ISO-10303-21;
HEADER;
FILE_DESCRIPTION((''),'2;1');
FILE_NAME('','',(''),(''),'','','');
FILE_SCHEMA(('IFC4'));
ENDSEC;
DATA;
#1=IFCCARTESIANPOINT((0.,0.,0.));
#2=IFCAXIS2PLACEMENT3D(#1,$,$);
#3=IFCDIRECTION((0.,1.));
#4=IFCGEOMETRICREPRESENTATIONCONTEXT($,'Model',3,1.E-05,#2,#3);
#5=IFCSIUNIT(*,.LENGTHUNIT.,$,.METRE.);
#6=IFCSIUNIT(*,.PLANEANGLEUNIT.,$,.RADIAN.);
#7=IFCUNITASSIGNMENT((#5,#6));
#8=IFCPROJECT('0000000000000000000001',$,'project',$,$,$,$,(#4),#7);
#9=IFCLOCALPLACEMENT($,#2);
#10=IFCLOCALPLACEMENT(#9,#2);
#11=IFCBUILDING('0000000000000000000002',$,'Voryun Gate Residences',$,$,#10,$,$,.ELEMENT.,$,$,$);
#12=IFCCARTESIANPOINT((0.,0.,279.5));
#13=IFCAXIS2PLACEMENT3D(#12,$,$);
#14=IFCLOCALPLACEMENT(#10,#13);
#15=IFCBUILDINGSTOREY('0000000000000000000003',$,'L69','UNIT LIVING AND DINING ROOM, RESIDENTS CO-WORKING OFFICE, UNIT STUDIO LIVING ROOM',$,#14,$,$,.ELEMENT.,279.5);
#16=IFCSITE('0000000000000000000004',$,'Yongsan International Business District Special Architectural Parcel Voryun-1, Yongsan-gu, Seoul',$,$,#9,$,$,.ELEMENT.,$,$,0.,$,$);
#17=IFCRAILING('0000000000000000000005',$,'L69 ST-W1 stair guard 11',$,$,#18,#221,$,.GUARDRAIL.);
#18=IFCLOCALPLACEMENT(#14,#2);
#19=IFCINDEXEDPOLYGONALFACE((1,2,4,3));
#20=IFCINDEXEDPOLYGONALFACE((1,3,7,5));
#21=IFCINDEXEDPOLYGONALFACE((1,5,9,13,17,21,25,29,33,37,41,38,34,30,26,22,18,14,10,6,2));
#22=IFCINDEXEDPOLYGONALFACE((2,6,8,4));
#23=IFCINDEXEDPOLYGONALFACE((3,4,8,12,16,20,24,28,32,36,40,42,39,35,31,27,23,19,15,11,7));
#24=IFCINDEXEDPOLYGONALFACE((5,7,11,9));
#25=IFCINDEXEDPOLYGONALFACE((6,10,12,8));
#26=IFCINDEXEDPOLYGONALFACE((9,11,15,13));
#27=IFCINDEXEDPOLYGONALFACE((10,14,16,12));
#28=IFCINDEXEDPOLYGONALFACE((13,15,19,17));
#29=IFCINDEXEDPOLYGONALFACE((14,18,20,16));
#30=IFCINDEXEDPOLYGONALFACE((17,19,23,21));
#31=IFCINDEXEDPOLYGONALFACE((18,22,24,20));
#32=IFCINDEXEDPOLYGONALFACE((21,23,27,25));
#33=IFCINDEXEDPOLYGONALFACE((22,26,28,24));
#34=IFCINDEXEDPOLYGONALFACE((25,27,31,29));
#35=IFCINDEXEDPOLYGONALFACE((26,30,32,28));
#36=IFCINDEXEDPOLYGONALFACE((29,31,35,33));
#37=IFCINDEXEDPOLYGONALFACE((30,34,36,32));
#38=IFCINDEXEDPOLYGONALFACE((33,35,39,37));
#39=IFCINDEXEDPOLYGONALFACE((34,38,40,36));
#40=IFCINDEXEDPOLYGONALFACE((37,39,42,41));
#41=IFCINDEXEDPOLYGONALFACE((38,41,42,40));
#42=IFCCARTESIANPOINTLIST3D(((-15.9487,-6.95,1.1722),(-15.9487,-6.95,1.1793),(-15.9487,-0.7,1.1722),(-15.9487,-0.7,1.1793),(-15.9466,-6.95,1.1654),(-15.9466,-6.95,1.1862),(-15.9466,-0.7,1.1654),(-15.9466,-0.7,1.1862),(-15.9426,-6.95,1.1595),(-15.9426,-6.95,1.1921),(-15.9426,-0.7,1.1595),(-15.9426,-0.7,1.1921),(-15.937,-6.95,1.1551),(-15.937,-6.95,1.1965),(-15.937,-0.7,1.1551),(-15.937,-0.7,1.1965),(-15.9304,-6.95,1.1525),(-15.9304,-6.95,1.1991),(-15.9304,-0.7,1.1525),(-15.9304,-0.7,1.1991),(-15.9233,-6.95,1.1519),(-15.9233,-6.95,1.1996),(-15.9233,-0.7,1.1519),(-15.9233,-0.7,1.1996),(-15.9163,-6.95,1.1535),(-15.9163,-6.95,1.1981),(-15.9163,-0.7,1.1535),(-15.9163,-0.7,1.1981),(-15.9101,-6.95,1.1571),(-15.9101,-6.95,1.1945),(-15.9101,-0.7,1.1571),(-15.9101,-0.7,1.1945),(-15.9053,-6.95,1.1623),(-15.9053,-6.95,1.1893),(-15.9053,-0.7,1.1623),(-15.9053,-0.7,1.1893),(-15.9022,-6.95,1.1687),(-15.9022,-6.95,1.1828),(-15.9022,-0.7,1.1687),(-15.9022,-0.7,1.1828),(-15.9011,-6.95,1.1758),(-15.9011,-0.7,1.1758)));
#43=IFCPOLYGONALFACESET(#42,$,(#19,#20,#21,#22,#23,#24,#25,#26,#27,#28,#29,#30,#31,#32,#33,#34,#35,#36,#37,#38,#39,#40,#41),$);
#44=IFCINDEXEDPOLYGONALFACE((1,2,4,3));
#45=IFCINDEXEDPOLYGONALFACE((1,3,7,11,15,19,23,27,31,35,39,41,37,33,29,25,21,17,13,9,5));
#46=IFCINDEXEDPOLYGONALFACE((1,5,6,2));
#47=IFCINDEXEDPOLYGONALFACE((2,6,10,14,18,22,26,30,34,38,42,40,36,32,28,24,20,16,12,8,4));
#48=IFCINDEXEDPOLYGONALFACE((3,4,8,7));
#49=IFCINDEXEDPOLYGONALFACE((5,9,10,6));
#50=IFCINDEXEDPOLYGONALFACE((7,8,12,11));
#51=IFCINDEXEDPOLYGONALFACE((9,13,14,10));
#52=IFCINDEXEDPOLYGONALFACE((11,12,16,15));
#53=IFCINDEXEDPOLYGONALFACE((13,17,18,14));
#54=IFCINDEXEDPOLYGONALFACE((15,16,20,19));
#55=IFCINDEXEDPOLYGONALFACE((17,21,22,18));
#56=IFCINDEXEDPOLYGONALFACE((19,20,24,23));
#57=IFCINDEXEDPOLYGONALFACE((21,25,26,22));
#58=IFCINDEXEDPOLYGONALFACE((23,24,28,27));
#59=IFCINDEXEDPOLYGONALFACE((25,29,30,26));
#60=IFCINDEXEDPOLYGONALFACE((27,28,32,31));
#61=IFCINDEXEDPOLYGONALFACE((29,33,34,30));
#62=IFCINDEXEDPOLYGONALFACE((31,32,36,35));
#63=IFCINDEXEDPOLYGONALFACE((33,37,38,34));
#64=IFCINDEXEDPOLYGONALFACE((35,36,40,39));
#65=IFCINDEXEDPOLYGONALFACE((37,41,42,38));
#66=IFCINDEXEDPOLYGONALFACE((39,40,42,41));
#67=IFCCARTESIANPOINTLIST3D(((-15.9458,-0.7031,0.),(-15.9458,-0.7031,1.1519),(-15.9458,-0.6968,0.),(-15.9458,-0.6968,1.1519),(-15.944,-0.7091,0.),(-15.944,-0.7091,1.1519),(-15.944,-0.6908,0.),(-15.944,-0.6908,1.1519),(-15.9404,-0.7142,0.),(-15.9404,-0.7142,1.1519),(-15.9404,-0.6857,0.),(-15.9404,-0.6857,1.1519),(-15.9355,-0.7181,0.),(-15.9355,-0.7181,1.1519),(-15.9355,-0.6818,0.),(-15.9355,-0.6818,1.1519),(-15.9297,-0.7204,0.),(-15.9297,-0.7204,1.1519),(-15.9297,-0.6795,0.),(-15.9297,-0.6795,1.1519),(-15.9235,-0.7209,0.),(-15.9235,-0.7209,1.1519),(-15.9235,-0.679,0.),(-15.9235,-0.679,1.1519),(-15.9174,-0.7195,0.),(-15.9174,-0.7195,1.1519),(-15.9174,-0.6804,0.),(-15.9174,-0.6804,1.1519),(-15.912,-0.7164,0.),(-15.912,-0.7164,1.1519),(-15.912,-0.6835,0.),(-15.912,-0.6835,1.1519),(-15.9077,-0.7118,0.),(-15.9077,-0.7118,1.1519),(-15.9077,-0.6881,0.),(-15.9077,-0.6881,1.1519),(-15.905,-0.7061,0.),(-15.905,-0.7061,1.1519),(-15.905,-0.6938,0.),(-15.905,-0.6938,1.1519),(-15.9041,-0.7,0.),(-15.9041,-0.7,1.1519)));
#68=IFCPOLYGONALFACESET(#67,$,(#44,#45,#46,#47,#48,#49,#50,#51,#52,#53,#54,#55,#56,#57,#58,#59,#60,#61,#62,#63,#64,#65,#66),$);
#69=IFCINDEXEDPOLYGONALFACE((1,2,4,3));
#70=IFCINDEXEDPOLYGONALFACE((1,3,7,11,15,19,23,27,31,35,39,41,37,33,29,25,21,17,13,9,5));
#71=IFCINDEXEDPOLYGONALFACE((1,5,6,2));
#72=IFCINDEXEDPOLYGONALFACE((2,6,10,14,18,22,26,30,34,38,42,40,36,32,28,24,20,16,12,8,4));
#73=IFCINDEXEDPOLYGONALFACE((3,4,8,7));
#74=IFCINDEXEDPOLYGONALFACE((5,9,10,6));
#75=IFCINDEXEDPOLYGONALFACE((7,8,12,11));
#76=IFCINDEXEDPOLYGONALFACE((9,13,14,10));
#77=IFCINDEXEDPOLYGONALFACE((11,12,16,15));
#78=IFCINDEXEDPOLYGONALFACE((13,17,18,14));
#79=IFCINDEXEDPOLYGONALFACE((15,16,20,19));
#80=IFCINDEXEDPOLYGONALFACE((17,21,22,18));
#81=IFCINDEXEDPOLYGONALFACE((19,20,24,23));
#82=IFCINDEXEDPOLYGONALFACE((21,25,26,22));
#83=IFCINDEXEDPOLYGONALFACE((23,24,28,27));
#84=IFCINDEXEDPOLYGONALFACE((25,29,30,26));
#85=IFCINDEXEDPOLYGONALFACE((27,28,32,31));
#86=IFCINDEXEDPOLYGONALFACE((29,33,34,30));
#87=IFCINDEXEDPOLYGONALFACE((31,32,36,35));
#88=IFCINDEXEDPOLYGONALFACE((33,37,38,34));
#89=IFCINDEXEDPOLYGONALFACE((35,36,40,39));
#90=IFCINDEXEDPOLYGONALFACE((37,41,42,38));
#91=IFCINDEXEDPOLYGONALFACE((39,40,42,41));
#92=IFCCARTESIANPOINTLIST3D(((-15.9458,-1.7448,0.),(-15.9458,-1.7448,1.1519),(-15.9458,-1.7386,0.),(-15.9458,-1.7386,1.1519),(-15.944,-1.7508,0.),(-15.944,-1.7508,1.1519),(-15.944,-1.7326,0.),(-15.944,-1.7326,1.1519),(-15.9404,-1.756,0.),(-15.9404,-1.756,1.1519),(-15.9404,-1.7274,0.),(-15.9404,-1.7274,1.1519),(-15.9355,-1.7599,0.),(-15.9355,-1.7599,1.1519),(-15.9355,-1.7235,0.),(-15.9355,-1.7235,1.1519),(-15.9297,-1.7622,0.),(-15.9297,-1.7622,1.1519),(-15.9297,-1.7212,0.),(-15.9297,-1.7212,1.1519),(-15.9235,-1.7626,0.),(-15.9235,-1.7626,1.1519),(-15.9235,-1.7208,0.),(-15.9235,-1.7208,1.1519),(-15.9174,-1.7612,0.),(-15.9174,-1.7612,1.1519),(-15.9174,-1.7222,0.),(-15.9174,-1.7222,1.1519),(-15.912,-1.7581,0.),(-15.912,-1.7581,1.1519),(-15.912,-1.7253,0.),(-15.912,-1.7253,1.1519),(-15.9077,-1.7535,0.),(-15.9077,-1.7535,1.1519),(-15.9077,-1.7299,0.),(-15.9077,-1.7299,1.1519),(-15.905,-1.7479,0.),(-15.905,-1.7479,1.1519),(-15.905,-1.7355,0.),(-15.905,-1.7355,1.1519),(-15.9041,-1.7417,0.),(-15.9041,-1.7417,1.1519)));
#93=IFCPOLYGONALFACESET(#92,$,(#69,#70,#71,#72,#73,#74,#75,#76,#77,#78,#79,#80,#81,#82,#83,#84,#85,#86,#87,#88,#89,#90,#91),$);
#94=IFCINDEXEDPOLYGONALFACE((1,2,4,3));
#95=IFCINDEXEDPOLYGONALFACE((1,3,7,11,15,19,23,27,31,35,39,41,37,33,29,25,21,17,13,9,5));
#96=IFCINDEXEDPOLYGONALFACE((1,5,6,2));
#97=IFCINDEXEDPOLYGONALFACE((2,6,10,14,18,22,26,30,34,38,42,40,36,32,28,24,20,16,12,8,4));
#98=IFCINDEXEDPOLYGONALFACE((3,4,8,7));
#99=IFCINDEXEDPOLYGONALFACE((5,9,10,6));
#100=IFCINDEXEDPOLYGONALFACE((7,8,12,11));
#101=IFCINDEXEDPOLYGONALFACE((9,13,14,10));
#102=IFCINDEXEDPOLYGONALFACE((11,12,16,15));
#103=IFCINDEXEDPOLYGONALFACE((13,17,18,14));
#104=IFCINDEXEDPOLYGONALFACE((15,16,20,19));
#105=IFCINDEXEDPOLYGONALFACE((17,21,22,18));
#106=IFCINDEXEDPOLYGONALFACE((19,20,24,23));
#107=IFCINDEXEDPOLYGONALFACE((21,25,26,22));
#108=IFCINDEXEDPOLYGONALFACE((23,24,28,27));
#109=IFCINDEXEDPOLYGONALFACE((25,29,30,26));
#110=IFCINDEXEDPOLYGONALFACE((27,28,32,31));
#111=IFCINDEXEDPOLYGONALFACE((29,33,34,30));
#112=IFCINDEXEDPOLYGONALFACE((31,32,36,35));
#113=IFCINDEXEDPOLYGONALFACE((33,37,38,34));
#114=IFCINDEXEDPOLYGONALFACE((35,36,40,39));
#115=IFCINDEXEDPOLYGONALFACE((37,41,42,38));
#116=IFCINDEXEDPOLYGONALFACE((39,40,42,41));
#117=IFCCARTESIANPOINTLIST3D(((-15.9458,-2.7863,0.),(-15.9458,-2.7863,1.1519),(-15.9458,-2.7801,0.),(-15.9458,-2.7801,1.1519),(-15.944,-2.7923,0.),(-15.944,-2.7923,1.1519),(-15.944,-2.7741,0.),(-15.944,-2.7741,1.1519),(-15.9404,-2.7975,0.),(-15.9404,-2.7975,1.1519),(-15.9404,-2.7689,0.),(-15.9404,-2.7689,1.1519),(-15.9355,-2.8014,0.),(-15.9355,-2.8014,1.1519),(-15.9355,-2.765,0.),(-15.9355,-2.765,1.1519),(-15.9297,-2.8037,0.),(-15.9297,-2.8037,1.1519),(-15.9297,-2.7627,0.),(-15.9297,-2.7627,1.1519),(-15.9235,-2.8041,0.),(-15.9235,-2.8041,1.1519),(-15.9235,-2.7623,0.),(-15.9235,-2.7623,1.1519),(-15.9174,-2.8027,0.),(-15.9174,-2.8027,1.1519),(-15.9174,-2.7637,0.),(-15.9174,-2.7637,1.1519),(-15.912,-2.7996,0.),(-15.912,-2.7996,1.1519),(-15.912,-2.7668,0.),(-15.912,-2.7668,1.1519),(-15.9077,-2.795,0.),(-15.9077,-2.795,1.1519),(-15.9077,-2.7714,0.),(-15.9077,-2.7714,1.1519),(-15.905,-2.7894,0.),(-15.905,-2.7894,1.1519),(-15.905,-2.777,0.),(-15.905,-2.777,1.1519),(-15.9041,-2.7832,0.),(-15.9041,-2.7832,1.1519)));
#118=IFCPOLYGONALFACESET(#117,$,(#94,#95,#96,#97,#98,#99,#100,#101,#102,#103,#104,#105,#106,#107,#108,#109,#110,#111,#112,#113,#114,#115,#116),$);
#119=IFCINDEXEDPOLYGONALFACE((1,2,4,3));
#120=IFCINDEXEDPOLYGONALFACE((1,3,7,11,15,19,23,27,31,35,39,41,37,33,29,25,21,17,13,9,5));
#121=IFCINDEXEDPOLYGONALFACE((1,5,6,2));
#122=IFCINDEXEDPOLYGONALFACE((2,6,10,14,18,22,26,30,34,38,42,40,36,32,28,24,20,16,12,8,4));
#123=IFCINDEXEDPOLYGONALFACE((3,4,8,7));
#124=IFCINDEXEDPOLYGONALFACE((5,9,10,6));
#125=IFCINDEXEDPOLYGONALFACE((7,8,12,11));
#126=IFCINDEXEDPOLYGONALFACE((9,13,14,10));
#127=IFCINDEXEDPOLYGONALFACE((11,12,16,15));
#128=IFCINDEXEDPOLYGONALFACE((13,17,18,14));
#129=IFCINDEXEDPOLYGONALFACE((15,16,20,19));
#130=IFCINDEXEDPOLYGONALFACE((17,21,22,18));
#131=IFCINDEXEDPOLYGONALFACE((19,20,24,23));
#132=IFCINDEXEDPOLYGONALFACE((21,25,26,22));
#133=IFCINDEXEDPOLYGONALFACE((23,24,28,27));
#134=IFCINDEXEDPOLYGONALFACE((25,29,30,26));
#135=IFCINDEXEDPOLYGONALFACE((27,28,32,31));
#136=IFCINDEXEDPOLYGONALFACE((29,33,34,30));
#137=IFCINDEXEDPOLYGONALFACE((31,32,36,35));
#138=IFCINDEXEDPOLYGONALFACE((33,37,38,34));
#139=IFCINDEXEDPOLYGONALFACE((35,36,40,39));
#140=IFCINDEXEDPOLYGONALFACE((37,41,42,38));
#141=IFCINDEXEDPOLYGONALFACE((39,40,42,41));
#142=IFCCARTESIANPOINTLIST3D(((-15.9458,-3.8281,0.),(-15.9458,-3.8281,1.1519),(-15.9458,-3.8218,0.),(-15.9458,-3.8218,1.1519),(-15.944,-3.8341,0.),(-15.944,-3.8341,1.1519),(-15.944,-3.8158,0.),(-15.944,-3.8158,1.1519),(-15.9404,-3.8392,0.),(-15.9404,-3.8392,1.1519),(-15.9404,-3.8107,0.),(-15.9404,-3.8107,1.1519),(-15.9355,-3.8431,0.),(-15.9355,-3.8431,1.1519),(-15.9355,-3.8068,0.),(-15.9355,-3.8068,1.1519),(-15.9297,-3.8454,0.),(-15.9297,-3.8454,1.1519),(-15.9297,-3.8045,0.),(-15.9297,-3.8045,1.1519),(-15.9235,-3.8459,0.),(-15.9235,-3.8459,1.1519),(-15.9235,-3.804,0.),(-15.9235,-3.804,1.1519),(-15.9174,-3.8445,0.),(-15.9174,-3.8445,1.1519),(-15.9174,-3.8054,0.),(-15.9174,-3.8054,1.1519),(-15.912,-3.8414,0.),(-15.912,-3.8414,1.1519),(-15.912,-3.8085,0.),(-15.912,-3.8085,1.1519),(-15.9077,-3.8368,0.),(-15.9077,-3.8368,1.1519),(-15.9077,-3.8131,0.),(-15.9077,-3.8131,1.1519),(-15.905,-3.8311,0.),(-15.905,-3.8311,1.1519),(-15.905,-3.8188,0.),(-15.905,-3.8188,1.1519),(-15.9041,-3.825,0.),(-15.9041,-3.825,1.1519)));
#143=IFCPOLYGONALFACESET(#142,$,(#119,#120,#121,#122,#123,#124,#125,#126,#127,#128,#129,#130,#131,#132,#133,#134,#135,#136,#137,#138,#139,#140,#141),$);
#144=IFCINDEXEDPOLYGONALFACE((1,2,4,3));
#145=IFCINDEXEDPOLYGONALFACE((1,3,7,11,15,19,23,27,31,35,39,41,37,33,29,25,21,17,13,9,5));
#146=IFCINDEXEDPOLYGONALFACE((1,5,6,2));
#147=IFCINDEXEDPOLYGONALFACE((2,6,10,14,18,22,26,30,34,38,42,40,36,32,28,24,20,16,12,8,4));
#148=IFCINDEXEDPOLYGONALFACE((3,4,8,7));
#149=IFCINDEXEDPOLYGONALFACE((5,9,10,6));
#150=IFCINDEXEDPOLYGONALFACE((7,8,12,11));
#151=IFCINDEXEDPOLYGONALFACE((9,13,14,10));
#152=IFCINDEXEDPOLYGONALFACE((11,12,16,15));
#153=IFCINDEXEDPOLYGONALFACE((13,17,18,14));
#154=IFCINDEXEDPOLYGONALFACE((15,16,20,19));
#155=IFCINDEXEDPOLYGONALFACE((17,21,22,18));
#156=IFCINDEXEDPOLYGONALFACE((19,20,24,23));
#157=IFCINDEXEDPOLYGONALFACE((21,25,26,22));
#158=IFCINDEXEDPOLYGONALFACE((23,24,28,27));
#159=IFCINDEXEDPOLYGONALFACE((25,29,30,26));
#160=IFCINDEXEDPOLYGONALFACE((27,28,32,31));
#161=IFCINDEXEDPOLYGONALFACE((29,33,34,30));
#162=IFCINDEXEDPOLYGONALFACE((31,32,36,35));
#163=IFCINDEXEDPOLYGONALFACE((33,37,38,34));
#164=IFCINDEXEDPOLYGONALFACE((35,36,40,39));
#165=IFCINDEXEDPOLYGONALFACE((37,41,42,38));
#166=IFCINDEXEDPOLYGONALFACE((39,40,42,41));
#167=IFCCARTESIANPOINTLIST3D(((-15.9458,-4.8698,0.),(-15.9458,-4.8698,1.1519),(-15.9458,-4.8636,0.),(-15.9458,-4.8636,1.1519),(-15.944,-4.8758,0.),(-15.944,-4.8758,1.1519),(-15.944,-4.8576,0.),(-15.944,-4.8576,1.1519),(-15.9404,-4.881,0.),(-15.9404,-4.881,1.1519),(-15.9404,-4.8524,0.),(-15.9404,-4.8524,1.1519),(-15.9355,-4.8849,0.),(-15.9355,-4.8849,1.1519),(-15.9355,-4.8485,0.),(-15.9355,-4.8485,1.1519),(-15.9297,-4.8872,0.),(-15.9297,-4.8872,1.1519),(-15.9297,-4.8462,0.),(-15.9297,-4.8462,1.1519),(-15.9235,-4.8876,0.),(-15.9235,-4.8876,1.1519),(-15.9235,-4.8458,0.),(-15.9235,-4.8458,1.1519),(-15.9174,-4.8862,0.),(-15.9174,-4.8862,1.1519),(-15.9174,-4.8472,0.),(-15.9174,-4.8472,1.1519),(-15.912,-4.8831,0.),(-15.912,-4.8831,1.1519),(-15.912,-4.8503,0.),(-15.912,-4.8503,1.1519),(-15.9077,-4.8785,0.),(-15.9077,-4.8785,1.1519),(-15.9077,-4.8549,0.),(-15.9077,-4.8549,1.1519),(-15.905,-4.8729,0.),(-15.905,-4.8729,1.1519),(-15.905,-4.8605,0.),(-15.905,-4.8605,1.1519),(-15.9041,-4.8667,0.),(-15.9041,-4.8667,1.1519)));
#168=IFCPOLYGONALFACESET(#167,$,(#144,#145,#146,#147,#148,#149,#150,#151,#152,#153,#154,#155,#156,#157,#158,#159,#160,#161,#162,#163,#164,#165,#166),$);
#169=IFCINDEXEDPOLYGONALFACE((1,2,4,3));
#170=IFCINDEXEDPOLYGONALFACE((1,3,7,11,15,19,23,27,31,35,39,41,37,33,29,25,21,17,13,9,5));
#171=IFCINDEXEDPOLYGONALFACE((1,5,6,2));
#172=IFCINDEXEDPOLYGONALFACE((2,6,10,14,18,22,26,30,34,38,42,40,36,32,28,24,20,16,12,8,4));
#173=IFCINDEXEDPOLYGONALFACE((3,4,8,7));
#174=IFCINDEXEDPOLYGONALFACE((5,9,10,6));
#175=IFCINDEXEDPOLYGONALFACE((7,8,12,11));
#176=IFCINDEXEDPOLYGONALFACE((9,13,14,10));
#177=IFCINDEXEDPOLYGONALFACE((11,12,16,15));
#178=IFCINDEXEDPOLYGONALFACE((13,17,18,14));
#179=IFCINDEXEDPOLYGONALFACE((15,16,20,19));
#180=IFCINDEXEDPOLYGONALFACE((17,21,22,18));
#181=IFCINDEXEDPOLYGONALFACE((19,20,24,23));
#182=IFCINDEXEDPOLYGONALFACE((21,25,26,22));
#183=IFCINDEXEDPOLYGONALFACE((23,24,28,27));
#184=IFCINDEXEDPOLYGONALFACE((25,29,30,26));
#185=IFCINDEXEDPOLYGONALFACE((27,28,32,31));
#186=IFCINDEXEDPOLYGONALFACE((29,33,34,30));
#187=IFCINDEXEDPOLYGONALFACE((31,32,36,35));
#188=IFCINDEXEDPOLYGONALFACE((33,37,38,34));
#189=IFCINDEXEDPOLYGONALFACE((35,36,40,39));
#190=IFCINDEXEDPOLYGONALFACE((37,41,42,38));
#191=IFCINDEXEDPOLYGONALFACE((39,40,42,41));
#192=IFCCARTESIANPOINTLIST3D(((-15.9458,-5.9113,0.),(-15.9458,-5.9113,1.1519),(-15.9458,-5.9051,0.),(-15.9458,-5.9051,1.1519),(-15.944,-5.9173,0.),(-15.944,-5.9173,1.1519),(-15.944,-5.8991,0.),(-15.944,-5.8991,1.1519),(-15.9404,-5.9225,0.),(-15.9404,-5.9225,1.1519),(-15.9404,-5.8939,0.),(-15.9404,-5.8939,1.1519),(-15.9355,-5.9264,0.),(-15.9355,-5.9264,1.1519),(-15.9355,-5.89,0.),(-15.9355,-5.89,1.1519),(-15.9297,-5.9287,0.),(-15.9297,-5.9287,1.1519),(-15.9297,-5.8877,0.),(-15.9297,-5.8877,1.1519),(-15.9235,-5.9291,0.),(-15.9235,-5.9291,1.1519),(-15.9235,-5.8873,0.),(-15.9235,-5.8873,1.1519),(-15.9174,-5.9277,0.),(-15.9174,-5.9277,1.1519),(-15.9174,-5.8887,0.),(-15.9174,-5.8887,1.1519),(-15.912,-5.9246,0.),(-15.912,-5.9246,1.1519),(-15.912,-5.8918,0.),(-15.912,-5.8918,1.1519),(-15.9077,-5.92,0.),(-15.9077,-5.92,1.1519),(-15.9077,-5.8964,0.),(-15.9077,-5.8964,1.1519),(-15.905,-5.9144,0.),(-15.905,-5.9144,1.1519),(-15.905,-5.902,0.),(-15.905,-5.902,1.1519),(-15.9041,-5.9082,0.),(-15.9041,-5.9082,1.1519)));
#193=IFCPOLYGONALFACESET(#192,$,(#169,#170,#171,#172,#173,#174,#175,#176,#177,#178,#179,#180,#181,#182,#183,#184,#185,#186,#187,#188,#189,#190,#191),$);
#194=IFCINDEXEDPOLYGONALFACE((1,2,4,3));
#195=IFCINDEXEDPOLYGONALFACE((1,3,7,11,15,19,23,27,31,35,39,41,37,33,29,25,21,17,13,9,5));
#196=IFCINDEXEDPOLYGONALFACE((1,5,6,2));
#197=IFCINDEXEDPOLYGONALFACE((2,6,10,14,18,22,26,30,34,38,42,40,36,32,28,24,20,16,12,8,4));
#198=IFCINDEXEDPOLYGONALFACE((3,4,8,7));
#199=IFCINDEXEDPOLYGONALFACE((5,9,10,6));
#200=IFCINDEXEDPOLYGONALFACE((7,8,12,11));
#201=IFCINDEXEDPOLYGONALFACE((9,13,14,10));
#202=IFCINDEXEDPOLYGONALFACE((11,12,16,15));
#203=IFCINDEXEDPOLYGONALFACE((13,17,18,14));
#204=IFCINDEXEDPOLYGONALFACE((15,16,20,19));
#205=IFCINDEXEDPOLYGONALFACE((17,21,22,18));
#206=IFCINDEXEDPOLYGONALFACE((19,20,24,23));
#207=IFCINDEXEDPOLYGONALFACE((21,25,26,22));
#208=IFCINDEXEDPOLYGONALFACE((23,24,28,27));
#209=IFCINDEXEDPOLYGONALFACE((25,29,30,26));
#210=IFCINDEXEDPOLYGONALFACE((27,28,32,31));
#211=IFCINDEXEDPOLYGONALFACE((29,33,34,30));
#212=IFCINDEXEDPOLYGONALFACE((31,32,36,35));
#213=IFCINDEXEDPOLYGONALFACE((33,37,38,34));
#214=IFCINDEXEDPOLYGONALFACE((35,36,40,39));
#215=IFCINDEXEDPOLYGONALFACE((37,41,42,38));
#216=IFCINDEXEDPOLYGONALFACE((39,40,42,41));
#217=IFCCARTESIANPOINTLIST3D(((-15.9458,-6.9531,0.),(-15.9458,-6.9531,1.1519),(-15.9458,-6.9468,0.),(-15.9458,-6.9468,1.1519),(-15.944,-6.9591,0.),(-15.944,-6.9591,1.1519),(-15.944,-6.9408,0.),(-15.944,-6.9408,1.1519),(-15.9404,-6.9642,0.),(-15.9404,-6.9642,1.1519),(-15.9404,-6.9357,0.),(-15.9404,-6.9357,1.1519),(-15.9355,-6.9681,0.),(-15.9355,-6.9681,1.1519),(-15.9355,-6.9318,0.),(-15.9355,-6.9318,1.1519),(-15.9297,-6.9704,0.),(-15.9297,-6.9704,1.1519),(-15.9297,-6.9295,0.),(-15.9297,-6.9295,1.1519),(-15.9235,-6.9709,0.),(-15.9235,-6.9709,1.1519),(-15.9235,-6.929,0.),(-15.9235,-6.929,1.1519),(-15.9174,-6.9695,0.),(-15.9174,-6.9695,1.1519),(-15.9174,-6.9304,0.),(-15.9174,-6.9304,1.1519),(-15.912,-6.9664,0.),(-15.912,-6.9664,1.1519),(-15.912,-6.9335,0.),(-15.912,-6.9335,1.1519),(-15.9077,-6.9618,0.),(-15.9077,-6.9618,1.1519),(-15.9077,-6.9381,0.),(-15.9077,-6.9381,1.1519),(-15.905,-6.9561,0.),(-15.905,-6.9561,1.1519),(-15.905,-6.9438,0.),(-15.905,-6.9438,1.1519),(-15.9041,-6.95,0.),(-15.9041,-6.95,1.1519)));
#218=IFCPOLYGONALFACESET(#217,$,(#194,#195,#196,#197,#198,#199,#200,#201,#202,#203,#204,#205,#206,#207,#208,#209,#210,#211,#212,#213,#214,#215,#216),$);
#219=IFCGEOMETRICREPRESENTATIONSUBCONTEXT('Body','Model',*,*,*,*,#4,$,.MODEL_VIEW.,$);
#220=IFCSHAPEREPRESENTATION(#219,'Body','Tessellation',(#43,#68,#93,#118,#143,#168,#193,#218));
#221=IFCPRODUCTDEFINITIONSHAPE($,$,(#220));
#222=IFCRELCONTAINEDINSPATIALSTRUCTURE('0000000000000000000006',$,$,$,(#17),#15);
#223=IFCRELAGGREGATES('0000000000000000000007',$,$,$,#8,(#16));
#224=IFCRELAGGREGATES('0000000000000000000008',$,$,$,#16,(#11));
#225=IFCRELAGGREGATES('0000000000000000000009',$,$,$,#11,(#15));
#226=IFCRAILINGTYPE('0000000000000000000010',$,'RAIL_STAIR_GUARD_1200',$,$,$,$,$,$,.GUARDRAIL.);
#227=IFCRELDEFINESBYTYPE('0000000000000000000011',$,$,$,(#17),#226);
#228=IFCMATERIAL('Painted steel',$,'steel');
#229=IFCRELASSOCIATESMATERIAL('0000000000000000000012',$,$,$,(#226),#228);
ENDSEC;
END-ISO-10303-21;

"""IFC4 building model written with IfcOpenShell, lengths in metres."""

from ifc_helpers import new_model, si_unit, direction, frame, origin, origin_2d, place, context, subcontext, project, spatial, circle, extrude, material, type_object, element, save


model = new_model("IFC4")

# Units and contexts
model_context = context("Model", 3, precision=1e-05, world=origin(), true_north=direction((0.0, 1.0)))
body_context = subcontext(model_context, "Body", "Model", "MODEL_VIEW")
ifc_project = project(units=[si_unit("LENGTHUNIT", "METRE"), si_unit("PLANEANGLEUNIT", "RADIAN")], contexts=[model_context])

# Site, building, storey
site_placement = place(None, origin())
site = spatial("IfcSite", under=ifc_project, at=site_placement, Name="Yongsan International Business District Special Architectural Parcel Voryun-1, Yongsan-gu, Seoul", CompositionType="ELEMENT", RefElevation=0.0)
building_placement = place(site_placement, origin())
building = spatial("IfcBuilding", under=site, at=building_placement, Name="Voryun Gate Residences", CompositionType="ELEMENT")
storey_placement = place(building_placement, frame((0.0, 0.0, 279.5)))
storey = spatial("IfcBuildingStorey", under=building, at=storey_placement, Name="L69", Description="UNIT LIVING AND DINING ROOM, RESIDENTS CO-WORKING OFFICE, UNIT STUDIO LIVING ROOM", CompositionType="ELEMENT", Elevation=279.5)

# Railing
ifc_material_1 = material(Name="Painted steel", Category="steel")
railing_type = type_object("IfcRailingType", Name="RAIL_STAIR_GUARD_1200", PredefinedType="GUARDRAIL", material=ifc_material_1)
railing_1_placement = place(storey_placement, frame((-15.925, -0.7, 0.0)))
element("IfcRailing", 1, at=railing_1_placement, inside=storey, type_object=railing_type, Name="L69 ST-W1 stair guard 11", PredefinedType="GUARDRAIL", context=body_context, shape_type="SweptSolid", body=[
    extrude(circle(Radius=0.0239, at=origin_2d()), frame((0.0, 0.0, 1.1758), z_axis=(0.0, -1.0, 0.0), x_axis=(1.0, 0.0, 0.0)), (0.0, 0.0, 1.0), 6.25),
    extrude(circle(Radius=0.021, at=origin_2d()), origin(), (0.0, 0.0, 1.0), 1.1519),
    extrude(circle(Radius=0.021, at=origin_2d()), frame((0.0, -1.0417, 0.0)), (0.0, 0.0, 1.0), 1.1519),
    extrude(circle(Radius=0.021, at=origin_2d()), frame((0.0, -2.0833, 0.0)), (0.0, 0.0, 1.0), 1.1519),
    extrude(circle(Radius=0.021, at=origin_2d()), frame((0.0, -3.125, 0.0)), (0.0, 0.0, 1.0), 1.1519),
    extrude(circle(Radius=0.021, at=origin_2d()), frame((0.0, -4.1667, 0.0)), (0.0, 0.0, 1.0), 1.1519),
    extrude(circle(Radius=0.021, at=origin_2d()), frame((0.0, -5.2083, 0.0)), (0.0, 0.0, 1.0), 1.1519),
    extrude(circle(Radius=0.021, at=origin_2d()), frame((0.0, -6.25, 0.0)), (0.0, 0.0, 1.0), 1.1519),
])

save(model, "model.ifc")
